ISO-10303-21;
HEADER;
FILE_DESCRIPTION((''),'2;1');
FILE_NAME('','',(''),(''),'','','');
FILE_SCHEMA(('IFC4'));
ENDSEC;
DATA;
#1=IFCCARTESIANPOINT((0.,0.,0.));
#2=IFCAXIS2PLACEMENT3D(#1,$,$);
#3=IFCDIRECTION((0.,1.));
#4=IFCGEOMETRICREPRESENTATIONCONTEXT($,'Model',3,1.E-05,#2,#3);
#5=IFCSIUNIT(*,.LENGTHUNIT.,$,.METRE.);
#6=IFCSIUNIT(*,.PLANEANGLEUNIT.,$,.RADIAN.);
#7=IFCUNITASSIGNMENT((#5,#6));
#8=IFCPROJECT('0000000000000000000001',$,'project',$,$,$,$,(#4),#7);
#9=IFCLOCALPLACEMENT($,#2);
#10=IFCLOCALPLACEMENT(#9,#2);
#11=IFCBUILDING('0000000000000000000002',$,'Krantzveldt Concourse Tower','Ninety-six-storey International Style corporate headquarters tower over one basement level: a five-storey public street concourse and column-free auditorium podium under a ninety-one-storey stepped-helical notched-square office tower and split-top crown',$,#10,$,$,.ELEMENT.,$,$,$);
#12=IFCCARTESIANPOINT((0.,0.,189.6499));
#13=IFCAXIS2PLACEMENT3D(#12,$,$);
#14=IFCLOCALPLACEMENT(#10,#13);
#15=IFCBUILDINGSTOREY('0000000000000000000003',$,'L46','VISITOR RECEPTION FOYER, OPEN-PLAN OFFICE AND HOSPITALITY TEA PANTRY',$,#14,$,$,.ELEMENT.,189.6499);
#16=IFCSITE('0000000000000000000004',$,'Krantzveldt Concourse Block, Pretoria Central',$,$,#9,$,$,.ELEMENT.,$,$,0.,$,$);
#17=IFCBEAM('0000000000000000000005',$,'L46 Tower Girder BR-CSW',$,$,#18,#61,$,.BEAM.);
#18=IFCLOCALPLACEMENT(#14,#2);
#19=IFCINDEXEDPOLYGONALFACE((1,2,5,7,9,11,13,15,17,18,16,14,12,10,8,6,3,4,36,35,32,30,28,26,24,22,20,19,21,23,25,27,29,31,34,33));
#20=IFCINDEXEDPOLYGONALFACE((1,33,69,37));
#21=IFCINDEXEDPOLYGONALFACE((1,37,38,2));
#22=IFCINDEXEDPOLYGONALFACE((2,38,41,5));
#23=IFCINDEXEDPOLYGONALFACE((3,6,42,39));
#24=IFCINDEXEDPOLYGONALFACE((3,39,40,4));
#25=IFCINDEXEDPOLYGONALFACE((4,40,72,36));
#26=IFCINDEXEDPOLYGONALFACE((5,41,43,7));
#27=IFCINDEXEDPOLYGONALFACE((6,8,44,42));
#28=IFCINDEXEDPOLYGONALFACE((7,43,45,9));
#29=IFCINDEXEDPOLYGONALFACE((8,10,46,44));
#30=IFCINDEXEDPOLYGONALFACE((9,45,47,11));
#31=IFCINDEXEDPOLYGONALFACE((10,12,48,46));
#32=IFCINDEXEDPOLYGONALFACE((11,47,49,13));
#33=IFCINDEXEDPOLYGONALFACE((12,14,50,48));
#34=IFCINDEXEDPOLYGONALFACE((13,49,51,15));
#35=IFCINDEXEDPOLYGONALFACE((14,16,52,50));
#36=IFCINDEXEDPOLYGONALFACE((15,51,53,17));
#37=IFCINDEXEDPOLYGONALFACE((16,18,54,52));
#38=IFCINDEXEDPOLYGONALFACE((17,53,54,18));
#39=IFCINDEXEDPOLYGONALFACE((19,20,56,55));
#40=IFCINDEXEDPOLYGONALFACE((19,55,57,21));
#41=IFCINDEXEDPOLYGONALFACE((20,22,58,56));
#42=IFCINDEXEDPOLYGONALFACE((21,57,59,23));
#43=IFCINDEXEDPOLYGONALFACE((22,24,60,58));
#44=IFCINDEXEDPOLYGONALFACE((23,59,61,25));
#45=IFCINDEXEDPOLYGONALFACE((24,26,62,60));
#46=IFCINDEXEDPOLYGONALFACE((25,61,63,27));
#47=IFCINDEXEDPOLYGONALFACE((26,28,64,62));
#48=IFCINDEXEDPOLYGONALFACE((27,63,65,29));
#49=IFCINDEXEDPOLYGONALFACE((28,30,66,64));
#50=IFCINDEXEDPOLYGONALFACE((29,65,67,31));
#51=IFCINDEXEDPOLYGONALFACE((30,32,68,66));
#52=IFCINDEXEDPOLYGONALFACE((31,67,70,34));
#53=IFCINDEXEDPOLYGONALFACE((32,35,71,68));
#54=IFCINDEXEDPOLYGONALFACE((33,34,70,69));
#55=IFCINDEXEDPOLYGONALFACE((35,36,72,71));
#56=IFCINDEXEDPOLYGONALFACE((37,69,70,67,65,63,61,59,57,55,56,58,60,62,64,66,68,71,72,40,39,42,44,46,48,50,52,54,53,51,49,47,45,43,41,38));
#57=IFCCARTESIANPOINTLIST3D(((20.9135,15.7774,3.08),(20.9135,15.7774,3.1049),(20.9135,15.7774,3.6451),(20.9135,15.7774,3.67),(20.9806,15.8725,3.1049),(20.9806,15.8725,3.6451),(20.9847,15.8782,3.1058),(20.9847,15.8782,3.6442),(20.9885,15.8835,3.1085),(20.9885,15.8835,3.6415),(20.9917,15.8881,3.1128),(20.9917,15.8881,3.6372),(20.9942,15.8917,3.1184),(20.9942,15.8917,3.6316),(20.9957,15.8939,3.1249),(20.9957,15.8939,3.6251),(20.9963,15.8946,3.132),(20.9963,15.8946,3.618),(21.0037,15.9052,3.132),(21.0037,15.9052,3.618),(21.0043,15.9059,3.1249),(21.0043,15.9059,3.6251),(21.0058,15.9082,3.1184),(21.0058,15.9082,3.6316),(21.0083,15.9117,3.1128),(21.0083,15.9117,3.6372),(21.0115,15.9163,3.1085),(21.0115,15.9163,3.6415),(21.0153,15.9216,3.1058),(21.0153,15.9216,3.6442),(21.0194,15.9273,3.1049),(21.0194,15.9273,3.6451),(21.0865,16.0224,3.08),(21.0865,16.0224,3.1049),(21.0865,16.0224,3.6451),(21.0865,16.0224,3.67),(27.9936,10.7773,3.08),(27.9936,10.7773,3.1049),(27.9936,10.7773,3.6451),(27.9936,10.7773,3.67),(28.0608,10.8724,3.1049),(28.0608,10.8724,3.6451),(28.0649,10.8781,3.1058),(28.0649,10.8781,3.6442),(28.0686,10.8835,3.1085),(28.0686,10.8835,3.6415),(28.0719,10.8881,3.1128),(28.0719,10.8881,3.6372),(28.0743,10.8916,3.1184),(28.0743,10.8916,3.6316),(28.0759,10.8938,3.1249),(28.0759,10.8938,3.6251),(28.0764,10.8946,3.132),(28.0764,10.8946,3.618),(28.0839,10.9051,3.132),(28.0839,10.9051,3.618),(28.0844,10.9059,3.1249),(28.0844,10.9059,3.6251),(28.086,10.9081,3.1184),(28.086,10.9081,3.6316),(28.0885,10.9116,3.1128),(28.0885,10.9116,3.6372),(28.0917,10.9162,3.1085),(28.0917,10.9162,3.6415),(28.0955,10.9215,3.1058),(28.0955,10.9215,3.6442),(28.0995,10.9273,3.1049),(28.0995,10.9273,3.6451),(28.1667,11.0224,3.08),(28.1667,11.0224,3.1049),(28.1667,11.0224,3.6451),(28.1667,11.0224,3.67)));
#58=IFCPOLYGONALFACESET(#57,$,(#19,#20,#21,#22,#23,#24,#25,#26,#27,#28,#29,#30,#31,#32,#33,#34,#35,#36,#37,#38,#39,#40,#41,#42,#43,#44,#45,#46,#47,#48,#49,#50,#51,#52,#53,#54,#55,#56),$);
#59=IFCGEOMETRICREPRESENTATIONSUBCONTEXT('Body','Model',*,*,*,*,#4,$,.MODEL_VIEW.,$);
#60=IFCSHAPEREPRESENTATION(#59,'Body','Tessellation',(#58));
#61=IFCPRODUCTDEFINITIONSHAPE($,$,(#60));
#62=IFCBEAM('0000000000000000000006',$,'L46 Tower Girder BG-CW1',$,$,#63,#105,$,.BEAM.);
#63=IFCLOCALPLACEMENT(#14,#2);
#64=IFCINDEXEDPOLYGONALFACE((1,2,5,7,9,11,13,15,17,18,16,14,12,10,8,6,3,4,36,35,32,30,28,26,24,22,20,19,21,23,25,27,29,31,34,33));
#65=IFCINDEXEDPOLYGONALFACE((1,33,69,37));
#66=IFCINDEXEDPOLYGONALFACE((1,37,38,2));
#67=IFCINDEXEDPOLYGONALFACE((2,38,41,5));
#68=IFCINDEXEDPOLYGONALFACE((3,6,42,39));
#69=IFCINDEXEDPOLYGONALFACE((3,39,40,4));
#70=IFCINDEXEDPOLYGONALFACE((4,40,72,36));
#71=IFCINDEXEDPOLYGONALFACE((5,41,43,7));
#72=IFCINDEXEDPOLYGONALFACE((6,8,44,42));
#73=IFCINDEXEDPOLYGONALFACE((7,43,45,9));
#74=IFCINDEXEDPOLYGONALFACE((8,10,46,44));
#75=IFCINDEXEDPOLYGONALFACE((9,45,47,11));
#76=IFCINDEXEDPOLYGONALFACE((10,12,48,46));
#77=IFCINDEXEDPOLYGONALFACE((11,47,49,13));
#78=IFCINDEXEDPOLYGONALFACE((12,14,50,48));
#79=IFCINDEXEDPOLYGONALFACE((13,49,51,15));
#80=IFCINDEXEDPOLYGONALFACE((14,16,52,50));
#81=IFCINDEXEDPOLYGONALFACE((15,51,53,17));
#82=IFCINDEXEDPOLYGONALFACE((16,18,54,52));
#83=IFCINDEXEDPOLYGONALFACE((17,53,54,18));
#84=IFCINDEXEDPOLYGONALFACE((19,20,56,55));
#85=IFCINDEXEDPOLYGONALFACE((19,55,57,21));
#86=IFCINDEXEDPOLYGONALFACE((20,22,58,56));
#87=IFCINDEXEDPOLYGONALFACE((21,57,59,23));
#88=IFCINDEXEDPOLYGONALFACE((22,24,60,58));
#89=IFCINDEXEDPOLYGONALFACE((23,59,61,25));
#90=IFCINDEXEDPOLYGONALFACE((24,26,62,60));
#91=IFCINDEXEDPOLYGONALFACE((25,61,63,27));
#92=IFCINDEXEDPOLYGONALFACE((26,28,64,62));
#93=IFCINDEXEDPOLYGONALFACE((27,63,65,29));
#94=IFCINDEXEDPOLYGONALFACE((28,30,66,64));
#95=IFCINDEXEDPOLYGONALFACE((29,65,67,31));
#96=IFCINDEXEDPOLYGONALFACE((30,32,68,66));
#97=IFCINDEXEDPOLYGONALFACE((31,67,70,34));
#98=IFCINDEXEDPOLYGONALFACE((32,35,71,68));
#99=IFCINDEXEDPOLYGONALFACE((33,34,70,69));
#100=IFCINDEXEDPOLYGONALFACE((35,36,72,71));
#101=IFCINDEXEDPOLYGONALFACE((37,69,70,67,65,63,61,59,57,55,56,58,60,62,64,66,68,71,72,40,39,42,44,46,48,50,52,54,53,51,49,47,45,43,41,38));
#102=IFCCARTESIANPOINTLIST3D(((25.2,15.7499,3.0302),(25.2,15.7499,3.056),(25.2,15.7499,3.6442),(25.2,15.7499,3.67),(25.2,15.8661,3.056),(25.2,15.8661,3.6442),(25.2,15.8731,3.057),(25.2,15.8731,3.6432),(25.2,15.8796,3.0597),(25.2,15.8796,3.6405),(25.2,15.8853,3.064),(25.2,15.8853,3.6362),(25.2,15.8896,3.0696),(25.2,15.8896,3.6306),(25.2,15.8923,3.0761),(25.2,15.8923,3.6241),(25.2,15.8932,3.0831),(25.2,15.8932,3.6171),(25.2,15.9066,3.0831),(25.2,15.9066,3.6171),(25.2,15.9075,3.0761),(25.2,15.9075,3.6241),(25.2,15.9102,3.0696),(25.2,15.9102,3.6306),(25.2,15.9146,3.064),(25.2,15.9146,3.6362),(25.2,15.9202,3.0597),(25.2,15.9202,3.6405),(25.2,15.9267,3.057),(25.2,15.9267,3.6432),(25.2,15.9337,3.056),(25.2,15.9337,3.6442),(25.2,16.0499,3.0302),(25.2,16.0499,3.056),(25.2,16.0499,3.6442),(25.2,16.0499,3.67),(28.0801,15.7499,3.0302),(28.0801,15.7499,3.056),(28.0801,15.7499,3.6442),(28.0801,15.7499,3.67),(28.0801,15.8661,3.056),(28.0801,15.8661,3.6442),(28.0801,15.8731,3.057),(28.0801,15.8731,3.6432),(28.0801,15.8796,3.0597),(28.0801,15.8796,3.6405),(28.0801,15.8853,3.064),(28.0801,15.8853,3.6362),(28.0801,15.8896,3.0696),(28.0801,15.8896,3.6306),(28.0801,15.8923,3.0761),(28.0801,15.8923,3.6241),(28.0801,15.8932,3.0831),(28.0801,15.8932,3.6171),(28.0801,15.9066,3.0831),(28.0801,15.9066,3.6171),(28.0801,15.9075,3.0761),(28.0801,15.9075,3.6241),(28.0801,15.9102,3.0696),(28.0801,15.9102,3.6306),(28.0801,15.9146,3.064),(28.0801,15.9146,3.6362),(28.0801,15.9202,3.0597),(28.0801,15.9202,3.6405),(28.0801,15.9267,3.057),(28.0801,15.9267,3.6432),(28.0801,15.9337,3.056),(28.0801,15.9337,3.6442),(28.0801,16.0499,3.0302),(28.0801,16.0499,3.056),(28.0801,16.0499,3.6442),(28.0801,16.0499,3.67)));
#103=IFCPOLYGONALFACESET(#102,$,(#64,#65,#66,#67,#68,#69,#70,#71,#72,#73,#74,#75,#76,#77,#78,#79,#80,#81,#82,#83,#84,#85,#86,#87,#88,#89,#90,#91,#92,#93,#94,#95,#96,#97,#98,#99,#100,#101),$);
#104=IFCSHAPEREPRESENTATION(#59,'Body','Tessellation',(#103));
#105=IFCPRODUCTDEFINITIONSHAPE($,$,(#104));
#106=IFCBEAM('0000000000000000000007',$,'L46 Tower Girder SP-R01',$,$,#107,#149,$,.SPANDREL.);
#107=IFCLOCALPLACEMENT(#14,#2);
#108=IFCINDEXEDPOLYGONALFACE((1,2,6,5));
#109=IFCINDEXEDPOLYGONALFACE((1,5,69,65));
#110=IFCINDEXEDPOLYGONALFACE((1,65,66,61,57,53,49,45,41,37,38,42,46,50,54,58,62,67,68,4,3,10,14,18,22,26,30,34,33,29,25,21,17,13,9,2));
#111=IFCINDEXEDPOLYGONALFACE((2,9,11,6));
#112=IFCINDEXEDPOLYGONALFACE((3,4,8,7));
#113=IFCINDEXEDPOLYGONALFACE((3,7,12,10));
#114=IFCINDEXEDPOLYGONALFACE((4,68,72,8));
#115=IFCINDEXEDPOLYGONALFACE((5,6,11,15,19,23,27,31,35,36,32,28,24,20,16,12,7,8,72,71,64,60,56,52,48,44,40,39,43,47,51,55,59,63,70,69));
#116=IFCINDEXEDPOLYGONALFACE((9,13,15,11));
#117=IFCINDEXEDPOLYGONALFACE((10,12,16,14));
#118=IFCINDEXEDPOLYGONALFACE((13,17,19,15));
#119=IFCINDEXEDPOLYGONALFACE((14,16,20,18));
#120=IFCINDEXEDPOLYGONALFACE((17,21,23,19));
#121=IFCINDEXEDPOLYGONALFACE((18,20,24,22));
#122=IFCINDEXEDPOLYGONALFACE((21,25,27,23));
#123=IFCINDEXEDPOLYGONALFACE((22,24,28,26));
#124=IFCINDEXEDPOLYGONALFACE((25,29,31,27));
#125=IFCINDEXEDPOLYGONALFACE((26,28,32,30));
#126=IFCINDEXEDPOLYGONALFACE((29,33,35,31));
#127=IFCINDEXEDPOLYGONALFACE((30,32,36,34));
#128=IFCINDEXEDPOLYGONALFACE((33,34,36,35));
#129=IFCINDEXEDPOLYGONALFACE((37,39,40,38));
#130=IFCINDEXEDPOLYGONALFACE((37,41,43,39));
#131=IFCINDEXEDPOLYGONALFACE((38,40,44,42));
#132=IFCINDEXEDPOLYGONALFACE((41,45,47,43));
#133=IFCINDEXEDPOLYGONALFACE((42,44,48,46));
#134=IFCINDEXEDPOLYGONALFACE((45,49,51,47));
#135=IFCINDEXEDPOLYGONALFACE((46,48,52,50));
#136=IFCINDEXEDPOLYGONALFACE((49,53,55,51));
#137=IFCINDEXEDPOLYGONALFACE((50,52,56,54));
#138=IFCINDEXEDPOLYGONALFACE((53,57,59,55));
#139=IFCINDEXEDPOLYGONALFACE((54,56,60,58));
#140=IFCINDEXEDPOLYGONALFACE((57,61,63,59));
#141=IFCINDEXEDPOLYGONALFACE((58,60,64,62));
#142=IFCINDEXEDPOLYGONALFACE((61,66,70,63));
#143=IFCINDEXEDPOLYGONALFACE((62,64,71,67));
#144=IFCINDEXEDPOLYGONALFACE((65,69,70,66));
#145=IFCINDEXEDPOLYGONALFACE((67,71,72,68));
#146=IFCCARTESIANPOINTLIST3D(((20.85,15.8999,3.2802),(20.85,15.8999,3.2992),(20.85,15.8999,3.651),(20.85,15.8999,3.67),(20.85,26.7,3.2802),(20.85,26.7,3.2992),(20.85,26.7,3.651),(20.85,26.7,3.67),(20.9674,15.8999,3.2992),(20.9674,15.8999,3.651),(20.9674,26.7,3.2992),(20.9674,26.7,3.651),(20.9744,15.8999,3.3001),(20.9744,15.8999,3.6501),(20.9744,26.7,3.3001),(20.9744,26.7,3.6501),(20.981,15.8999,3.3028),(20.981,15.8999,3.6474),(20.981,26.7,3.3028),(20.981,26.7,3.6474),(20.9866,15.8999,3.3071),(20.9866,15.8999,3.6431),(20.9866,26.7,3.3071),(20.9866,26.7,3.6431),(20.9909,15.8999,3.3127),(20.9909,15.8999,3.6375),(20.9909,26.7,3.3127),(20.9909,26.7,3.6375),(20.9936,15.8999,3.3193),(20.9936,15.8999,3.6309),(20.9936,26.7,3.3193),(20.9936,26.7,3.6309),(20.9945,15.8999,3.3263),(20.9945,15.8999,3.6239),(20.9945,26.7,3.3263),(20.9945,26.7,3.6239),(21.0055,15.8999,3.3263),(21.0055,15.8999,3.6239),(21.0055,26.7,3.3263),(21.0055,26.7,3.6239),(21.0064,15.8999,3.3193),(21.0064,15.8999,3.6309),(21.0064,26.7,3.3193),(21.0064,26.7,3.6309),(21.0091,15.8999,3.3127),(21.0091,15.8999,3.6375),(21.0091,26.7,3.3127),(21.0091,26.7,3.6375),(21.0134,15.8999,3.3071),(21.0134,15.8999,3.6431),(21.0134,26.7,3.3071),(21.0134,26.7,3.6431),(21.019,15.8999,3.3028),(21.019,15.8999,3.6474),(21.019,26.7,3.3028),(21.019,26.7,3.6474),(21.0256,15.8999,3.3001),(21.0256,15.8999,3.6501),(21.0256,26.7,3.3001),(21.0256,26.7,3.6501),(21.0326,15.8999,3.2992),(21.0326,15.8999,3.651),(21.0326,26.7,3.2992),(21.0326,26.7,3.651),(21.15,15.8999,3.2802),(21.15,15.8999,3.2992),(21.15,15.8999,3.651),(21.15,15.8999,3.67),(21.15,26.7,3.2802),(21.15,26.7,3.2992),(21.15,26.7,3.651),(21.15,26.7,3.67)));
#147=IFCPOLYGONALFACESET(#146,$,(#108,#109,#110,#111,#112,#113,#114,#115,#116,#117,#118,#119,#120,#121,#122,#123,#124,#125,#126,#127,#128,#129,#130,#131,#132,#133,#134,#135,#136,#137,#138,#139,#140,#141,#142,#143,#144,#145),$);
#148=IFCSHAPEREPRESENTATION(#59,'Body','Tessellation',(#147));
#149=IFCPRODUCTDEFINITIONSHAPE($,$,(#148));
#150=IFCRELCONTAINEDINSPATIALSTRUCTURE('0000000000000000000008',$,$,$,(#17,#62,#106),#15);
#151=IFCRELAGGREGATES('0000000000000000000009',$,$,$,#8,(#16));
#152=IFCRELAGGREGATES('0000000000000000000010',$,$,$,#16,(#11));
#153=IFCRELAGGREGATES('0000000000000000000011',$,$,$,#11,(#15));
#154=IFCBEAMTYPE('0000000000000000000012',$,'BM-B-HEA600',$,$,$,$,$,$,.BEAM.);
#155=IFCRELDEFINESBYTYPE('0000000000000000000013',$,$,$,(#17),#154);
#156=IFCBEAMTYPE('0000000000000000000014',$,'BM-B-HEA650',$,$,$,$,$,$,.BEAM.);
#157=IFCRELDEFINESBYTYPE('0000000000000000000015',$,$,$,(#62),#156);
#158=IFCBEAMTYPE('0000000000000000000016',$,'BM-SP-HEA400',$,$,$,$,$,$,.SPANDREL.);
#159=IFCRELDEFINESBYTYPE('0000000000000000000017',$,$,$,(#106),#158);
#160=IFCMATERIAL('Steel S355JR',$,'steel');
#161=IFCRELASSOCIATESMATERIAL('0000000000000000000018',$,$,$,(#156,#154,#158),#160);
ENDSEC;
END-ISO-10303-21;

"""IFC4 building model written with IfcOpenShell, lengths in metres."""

from ifc_helpers import new_model, si_unit, direction, frame, origin, origin_2d, place, context, subcontext, project, spatial, i_section, extrude, source, transform, mapped, material, material_profile, profile_set, type_object, type_shapes, element, save


model = new_model("IFC4")

# Units and contexts
model_context = context("Model", 3, precision=1e-05, world=origin(), true_north=direction((0.0, 1.0)))
body_context = subcontext(model_context, "Body", "Model", "MODEL_VIEW")
ifc_project = project(units=[si_unit("LENGTHUNIT", "METRE"), si_unit("PLANEANGLEUNIT", "RADIAN")], contexts=[model_context])

# Site, building, storey
site_placement = place(None, origin())
site = spatial("IfcSite", under=ifc_project, at=site_placement, Name="Krantzveldt Concourse Block, Pretoria Central", CompositionType="ELEMENT", RefElevation=0.0)
building_placement = place(site_placement, origin())
building = spatial("IfcBuilding", under=site, at=building_placement, Name="Krantzveldt Concourse Tower", Description="Ninety-six-storey International Style corporate headquarters tower over one basement level: a five-storey public street concourse and column-free auditorium podium under a ninety-one-storey stepped-helical notched-square office tower and split-top crown", CompositionType="ELEMENT")
storey_placement = place(building_placement, frame((0.0, 0.0, 189.6499)))
storey = spatial("IfcBuildingStorey", under=building, at=storey_placement, Name="L46", Description="VISITOR RECEPTION FOYER, OPEN-PLAN OFFICE AND HOSPITALITY TEA PANTRY", CompositionType="ELEMENT", Elevation=189.6499)

# Beams
ifc_material_1 = material(Name="Steel S355JR", Category="steel")
ifc_material_profile_1 = material_profile(ifc_material_1, i_section(OverallWidth=0.3, OverallDepth=0.6399, WebThickness=0.0134, FlangeThickness=0.0259, FilletRadius=0.0271, at=origin_2d()), Name="Steel S355JR", Category="steel")
ifc_profile_set_1 = profile_set([ifc_material_profile_1], Name="Steel S355JR - HEA 650")
beam_type_1 = type_object("IfcBeamType", Name="BM-B-HEA650", PredefinedType="BEAM", material=ifc_profile_set_1)
ifc_material_profile_2 = material_profile(ifc_material_1, i_section(OverallWidth=0.3, OverallDepth=0.5901, WebThickness=0.0129, FlangeThickness=0.0249, FilletRadius=0.0271, at=origin_2d()), Name="Steel S355JR", Category="steel")
ifc_profile_set_2 = profile_set([ifc_material_profile_2], Name="Steel S355JR - HEA 600")
beam_type_2 = type_object("IfcBeamType", Name="BM-B-HEA600", PredefinedType="BEAM", material=ifc_profile_set_2)
shared_shape_1 = source(origin(), body_context, "Body", "SweptSolid", [
    extrude(i_section(OverallWidth=0.3, OverallDepth=0.5901, WebThickness=0.0129, FlangeThickness=0.0249, FilletRadius=0.0271, at=origin_2d()), origin(), (0.0, 0.0, 1.0), 8.6677),
])
beam_1_placement = place(storey_placement, frame((21.0, 15.8999, 3.375), z_axis=(0.816843, -0.57686, 0.0), x_axis=(0.57686, 0.816843, 0.0)))
element("IfcBeam", 1, at=beam_1_placement, inside=storey, type_object=beam_type_2, Name="L46 Tower Girder BR-CSW", PredefinedType="BEAM", context=body_context, shape_type="MappedRepresentation", body=[
    mapped(shared_shape_1, transform((0.0, 0.0, 0.0), x_axis=(1.0, 0.0, 0.0), y_axis=(0.0, 1.0, 0.0), z_axis=(0.0, 0.0, 1.0), scale=1.0)),
])
shared_shape_2 = source(origin(), body_context, "Body", "SweptSolid", [
    extrude(i_section(OverallWidth=0.3, OverallDepth=0.6399, WebThickness=0.0134, FlangeThickness=0.0259, FilletRadius=0.0271, at=origin_2d()), origin(), (0.0, 0.0, 1.0), 2.8801),
])
beam_2_placement = place(storey_placement, frame((25.2, 15.8999, 3.3501), z_axis=(1.0, 0.0, 0.0), x_axis=(0.0, 1.0, 0.0)))
element("IfcBeam", 2, at=beam_2_placement, inside=storey, type_object=beam_type_1, Name="L46 Tower Girder BG-CW1", PredefinedType="BEAM", context=body_context, shape_type="MappedRepresentation", body=[
    mapped(shared_shape_2, transform((0.0, 0.0, 0.0), x_axis=(1.0, 0.0, 0.0), y_axis=(0.0, 1.0, 0.0), z_axis=(0.0, 0.0, 1.0), scale=1.0)),
])
ifc_material_profile_3 = material_profile(ifc_material_1, i_section(OverallWidth=0.3, OverallDepth=0.3899, WebThickness=0.011, FlangeThickness=0.019, FilletRadius=0.0271, at=origin_2d()), Name="Steel S355JR", Category="steel")
ifc_profile_set_3 = profile_set([ifc_material_profile_3], Name="Steel S355JR - HEA 400")
beam_type_3 = type_object("IfcBeamType", Name="BM-SP-HEA400", PredefinedType="SPANDREL", material=ifc_profile_set_3)
shared_shape_3 = source(origin(), body_context, "Body", "SweptSolid", [
    extrude(i_section(OverallWidth=0.3, OverallDepth=0.3899, WebThickness=0.011, FlangeThickness=0.019, FilletRadius=0.0271, at=origin_2d()), origin(), (0.0, 0.0, 1.0), 10.8),
])
type_shapes(beam_type_3, [shared_shape_3])
beam_3_placement = place(storey_placement, frame((21.0, 15.8999, 3.4751), z_axis=(0.0, 1.0, 0.0), x_axis=(-1.0, 0.0, 0.0)))
element("IfcBeam", 3, at=beam_3_placement, inside=storey, type_object=beam_type_3, Name="L46 Tower Girder SP-R01", PredefinedType="SPANDREL", context=body_context, shape_type="MappedRepresentation", body=[
    mapped(shared_shape_3, transform((0.0, 0.0, 0.0), x_axis=(1.0, 0.0, 0.0), y_axis=(0.0, 1.0, 0.0), z_axis=(0.0, 0.0, 1.0), scale=1.0)),
])

save(model, "model.ifc")
